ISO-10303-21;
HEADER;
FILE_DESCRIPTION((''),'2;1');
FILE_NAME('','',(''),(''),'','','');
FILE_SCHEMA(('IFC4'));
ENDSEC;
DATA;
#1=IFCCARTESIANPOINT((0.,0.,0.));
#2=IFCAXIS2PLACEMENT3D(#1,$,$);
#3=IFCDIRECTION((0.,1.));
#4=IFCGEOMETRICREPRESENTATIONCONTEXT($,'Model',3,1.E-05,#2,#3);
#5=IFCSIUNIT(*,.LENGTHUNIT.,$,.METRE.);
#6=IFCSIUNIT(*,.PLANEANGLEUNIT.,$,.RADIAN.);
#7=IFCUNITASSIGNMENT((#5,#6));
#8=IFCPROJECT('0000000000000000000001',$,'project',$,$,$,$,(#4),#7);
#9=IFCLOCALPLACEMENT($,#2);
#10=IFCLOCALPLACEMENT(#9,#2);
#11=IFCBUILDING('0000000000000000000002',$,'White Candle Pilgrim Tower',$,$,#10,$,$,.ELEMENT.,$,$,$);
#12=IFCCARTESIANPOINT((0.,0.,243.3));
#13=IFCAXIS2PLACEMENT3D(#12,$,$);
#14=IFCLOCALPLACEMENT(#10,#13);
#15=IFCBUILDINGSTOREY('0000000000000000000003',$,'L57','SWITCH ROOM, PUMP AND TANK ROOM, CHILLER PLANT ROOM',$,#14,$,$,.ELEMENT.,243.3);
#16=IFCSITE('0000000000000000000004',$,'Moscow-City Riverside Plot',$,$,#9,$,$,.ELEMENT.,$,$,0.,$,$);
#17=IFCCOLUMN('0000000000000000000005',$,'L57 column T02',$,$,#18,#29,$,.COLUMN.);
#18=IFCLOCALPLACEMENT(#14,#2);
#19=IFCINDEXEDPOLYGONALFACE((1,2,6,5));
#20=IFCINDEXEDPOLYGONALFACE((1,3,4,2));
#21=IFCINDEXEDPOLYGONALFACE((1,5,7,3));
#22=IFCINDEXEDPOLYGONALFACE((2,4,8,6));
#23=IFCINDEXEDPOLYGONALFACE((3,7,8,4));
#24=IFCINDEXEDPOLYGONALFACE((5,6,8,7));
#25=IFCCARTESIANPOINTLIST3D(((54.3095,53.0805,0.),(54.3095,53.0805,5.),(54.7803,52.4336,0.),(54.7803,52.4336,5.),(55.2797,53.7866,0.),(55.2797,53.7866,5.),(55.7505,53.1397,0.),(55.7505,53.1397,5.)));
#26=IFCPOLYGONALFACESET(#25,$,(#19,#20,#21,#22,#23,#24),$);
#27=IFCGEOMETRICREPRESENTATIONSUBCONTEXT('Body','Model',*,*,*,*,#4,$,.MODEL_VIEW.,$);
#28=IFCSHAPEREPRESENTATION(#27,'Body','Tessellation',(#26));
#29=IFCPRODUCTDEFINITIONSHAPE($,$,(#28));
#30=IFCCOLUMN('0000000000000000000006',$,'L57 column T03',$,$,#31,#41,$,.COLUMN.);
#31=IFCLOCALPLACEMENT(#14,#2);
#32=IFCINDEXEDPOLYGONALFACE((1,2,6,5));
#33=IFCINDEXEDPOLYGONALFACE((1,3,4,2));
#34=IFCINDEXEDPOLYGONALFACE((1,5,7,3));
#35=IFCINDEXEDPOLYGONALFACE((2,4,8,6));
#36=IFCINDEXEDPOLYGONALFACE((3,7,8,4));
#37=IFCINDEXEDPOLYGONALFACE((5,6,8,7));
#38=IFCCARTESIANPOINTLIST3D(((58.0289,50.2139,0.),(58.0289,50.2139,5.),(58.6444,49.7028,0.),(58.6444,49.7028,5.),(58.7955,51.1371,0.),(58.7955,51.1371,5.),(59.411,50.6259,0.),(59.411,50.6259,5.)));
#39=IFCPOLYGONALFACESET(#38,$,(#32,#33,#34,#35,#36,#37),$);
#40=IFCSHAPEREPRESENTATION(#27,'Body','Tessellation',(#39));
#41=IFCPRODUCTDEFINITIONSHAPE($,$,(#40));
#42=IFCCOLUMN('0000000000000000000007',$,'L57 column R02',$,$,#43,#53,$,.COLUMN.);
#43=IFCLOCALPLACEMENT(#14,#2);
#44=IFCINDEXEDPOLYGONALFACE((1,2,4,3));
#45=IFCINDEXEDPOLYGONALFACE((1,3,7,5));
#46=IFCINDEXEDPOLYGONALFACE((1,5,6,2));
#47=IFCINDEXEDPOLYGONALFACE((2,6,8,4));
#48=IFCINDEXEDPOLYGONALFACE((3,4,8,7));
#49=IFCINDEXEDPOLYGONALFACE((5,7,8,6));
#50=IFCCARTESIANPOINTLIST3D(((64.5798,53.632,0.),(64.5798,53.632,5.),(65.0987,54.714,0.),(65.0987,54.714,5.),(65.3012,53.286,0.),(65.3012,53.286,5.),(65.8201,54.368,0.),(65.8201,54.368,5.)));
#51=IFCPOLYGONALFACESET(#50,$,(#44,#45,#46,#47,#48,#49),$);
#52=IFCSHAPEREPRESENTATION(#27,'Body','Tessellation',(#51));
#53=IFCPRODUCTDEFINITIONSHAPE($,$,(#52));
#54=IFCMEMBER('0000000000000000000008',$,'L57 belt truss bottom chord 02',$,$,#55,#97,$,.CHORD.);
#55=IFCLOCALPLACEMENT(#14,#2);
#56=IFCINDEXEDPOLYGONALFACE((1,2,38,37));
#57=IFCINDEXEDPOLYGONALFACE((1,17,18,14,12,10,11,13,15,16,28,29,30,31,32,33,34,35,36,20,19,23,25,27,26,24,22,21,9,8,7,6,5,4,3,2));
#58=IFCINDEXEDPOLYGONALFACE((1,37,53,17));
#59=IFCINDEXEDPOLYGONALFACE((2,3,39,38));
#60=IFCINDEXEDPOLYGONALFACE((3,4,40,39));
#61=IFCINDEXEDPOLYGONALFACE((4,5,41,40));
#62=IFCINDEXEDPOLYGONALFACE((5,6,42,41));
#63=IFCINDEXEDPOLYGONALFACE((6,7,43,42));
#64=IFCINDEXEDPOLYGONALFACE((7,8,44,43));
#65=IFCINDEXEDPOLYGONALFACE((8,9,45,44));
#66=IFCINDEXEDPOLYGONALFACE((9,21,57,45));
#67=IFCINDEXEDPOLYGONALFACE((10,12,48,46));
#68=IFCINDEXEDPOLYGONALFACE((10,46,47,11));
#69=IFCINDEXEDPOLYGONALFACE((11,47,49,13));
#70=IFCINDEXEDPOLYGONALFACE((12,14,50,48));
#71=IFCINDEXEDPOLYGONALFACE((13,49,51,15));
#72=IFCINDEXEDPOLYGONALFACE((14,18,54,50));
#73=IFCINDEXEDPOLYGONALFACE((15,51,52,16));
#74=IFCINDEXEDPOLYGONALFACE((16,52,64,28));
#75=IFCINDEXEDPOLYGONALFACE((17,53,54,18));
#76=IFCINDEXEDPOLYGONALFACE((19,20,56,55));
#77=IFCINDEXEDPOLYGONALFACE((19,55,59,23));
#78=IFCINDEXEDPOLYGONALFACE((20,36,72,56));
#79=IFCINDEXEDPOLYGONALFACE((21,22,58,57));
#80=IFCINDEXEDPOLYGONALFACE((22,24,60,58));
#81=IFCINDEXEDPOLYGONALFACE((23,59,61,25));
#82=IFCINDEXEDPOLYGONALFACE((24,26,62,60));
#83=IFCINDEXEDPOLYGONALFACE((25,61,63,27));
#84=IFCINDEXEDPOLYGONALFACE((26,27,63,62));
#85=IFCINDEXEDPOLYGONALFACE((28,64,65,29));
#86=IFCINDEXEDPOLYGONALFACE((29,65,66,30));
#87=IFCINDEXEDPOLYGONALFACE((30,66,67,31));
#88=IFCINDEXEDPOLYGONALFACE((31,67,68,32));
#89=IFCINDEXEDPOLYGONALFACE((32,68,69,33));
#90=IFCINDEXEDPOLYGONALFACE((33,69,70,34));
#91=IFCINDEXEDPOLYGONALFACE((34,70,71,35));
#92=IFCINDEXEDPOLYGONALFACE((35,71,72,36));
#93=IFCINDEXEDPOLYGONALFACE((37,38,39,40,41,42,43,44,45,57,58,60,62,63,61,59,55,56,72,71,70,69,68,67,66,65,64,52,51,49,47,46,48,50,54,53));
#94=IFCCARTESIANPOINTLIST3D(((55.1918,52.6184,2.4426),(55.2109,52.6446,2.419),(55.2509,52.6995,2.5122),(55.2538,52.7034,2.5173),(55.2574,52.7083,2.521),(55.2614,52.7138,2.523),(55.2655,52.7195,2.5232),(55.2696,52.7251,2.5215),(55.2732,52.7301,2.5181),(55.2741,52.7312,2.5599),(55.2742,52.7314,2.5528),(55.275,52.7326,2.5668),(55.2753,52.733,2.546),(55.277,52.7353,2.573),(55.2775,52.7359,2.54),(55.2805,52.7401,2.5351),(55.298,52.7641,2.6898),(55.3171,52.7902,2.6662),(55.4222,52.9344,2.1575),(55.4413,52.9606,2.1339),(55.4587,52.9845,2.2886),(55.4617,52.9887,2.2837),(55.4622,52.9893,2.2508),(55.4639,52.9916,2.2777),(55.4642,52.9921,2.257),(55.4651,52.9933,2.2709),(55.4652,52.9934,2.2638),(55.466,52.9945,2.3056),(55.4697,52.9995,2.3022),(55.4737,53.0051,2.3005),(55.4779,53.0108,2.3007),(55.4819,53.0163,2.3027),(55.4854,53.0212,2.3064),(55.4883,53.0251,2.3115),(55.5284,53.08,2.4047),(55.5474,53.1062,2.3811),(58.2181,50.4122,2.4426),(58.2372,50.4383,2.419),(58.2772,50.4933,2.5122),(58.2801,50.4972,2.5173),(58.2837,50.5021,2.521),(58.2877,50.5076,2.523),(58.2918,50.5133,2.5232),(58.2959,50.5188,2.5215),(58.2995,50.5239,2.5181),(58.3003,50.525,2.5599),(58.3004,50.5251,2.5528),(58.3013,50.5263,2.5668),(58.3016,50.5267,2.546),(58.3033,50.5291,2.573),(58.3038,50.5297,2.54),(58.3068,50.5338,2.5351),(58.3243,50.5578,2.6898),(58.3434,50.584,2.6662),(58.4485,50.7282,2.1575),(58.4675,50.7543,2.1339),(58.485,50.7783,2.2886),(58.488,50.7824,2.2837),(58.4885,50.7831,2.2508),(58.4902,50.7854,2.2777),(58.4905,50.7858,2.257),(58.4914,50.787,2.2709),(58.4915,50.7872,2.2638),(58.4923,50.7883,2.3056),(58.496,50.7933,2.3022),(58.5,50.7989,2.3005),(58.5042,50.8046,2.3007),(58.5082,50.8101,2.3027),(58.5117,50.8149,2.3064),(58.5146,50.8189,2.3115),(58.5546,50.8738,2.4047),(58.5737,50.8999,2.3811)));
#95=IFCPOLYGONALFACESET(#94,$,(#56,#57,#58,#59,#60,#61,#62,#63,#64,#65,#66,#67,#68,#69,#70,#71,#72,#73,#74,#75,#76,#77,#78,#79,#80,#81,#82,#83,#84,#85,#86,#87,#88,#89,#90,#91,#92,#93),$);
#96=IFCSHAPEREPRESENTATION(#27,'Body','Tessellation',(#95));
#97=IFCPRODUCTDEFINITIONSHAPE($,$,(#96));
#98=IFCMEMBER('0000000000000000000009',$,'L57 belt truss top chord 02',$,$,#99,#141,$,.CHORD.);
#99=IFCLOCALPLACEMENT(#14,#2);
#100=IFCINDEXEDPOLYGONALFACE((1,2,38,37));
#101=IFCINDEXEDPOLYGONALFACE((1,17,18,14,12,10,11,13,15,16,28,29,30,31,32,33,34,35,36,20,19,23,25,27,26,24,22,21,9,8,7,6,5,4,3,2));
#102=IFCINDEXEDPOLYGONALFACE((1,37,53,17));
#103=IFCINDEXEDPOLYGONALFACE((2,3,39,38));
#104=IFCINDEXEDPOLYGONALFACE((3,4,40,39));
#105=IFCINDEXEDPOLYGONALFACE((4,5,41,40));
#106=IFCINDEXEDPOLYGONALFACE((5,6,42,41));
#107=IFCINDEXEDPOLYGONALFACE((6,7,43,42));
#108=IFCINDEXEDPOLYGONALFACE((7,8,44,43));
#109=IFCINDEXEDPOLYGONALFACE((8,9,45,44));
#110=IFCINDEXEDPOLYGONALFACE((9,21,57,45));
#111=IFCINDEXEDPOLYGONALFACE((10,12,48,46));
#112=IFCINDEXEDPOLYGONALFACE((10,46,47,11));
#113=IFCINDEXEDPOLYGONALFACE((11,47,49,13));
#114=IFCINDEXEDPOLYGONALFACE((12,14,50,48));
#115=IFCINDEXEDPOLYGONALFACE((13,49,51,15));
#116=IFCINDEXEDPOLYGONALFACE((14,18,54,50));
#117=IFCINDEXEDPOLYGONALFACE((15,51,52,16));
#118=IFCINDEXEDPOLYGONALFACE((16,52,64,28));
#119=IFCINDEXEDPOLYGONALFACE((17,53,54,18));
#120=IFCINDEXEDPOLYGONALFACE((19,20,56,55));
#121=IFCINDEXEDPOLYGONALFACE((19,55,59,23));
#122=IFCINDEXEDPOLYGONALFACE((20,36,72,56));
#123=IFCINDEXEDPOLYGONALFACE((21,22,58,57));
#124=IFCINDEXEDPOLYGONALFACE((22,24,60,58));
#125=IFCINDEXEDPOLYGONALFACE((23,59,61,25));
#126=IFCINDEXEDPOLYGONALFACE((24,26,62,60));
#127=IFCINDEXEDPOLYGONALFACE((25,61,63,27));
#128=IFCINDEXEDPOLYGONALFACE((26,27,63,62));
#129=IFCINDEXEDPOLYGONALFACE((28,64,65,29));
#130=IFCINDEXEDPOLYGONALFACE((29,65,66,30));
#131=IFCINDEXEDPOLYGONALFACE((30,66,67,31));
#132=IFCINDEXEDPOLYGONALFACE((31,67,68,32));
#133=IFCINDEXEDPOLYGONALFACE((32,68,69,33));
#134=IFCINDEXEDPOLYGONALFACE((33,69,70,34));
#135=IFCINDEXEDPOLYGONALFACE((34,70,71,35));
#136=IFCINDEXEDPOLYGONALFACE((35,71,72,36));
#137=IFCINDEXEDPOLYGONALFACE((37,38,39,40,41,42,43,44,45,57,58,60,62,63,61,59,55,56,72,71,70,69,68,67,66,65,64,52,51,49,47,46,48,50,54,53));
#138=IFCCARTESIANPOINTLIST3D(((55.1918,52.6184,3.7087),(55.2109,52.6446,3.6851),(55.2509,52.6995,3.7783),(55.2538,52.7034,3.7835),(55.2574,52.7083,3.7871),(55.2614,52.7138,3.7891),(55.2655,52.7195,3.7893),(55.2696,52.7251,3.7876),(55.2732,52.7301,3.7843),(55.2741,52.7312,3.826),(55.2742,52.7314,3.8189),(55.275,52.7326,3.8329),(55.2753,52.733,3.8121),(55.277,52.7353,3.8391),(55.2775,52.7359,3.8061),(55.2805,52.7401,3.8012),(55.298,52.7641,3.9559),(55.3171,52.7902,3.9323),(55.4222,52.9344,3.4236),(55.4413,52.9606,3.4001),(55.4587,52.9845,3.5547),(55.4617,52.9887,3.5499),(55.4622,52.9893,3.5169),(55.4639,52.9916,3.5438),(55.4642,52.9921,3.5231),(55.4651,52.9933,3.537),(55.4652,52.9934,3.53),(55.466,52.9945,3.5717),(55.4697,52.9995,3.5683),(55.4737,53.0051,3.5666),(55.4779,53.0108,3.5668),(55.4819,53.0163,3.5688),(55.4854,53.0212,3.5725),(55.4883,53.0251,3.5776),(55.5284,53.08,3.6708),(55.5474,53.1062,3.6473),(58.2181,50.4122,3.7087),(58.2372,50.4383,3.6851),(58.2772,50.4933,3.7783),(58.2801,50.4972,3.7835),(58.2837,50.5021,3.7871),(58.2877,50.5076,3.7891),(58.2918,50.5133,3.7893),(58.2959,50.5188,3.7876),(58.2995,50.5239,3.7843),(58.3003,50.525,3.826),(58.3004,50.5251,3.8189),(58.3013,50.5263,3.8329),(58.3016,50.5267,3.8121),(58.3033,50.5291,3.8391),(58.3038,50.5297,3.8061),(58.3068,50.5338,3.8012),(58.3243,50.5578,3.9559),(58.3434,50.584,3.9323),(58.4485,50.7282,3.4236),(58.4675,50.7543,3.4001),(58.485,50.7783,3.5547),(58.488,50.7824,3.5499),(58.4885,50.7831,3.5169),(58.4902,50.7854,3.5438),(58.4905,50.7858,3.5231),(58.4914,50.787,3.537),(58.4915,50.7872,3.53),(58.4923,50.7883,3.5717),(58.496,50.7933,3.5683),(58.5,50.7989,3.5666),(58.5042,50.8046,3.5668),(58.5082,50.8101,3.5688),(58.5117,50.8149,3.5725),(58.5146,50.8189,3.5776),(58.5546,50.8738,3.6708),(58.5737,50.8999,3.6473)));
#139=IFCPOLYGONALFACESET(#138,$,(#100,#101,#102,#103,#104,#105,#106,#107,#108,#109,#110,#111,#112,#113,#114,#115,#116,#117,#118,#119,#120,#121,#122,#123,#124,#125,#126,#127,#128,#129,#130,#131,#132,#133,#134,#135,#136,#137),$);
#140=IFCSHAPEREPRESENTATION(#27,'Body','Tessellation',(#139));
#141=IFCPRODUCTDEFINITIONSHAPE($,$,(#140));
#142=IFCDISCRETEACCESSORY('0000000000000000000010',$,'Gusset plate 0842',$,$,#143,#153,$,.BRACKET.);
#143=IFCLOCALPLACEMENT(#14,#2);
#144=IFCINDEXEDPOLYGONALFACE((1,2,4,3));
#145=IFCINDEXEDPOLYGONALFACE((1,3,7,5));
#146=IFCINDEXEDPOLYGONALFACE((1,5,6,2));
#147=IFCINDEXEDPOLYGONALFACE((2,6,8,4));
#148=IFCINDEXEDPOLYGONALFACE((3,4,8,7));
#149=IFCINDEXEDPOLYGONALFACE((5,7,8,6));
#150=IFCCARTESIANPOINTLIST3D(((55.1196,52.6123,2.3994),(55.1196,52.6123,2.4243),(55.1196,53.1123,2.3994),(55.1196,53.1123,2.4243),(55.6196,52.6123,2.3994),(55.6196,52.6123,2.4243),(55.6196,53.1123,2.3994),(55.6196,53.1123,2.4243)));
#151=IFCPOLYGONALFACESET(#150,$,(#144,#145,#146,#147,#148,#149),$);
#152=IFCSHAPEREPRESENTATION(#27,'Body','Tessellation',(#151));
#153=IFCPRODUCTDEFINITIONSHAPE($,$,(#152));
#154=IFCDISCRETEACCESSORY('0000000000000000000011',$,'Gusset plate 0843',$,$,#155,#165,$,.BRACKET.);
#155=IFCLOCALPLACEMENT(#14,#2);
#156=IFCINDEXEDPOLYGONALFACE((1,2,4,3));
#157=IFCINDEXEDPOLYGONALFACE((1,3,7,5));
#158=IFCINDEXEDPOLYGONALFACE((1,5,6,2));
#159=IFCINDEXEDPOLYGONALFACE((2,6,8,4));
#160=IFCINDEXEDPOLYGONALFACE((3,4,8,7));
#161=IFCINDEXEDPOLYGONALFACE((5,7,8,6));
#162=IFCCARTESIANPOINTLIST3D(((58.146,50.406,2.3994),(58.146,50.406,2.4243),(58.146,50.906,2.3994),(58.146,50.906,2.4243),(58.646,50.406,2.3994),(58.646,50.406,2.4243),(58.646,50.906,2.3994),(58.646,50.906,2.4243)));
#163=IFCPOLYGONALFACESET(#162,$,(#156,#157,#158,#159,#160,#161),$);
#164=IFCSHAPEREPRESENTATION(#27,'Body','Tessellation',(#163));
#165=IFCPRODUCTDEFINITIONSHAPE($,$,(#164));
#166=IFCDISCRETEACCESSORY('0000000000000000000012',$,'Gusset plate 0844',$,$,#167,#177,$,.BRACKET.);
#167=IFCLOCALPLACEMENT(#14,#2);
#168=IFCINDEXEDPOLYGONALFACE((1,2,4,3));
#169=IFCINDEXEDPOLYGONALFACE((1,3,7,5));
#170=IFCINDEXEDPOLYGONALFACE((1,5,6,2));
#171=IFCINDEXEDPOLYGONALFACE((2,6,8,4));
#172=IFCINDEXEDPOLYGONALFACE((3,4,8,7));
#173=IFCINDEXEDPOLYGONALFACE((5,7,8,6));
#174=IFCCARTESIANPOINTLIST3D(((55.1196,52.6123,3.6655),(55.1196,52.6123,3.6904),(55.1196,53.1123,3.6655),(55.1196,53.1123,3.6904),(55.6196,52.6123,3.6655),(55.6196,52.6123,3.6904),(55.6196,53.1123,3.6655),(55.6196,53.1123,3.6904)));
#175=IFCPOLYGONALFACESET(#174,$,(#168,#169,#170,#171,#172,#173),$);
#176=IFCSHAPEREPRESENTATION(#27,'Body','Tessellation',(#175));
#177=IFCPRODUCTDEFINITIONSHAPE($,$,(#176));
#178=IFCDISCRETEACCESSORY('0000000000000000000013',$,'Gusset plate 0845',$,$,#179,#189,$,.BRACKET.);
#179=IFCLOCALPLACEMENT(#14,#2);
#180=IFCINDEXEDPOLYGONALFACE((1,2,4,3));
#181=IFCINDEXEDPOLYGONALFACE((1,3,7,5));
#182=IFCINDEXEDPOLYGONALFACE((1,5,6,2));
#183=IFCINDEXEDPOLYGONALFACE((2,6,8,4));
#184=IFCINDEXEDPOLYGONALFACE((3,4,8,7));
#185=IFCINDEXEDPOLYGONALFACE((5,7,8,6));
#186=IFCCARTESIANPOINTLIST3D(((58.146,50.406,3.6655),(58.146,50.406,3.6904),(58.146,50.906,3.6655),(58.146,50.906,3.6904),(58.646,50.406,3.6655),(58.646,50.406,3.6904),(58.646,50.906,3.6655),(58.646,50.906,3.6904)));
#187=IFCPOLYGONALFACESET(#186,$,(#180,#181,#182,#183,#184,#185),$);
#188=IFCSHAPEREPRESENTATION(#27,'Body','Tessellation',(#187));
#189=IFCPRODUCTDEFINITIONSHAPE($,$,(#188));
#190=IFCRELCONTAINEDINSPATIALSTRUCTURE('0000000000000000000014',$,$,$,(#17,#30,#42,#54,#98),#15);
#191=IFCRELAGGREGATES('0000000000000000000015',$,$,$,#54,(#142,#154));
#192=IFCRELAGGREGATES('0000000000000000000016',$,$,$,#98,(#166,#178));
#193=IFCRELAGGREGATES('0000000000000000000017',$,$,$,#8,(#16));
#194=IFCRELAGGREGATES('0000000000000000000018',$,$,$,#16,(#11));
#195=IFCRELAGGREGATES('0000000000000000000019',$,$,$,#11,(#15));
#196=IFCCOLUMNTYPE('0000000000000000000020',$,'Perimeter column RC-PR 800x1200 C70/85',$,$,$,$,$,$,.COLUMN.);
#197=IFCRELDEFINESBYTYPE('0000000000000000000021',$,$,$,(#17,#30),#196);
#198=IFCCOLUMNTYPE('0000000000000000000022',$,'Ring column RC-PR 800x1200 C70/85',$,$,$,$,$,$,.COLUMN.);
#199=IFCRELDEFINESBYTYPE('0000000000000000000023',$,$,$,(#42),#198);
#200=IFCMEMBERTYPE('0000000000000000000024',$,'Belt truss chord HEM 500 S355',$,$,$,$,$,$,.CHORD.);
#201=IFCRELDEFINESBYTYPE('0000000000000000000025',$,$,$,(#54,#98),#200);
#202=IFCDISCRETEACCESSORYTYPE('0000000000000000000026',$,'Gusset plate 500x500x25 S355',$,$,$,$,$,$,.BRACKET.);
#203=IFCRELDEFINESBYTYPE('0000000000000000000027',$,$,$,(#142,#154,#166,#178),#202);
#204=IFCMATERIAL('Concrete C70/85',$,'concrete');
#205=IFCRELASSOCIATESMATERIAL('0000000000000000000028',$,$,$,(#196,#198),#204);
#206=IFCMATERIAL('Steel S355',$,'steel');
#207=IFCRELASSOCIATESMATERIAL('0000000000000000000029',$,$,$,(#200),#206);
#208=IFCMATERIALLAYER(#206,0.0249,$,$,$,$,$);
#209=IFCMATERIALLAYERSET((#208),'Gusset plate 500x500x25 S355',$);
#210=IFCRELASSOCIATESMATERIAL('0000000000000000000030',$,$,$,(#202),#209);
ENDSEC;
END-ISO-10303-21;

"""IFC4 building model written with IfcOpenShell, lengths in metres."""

from ifc_helpers import new_model, si_unit, direction, frame, origin, origin_2d, place, context, subcontext, project, spatial, rectangle, i_section, extrude, material, layer, layer_set, material_profile, profile_set, type_object, element, aggregate, save


model = new_model("IFC4")

# Units and contexts
model_context = context("Model", 3, precision=1e-05, world=origin(), true_north=direction((0.0, 1.0)))
body_context = subcontext(model_context, "Body", "Model", "MODEL_VIEW")
ifc_project = project(units=[si_unit("LENGTHUNIT", "METRE"), si_unit("PLANEANGLEUNIT", "RADIAN")], contexts=[model_context])

# Site, building, storey
site_placement = place(None, origin())
site = spatial("IfcSite", under=ifc_project, at=site_placement, Name="Moscow-City Riverside Plot", CompositionType="ELEMENT", RefElevation=0.0)
building_placement = place(site_placement, origin())
building = spatial("IfcBuilding", under=site, at=building_placement, Name="White Candle Pilgrim Tower", CompositionType="ELEMENT")
storey_placement = place(building_placement, frame((0.0, 0.0, 243.3)))
storey = spatial("IfcBuildingStorey", under=building, at=storey_placement, Name="L57", Description="SWITCH ROOM, PUMP AND TANK ROOM, CHILLER PLANT ROOM", CompositionType="ELEMENT", Elevation=243.3)

# Columns
ifc_material_1 = material(Name="Concrete C70/85", Category="concrete")
ifc_material_profile_1 = material_profile(ifc_material_1, rectangle(XDim=0.8, YDim=1.2, at=origin_2d()), Name="RC-PR 800x1200")
ifc_profile_set_1 = profile_set([ifc_material_profile_1], Name="Concrete C70/85")
column_type_1 = type_object("IfcColumnType", Name="Perimeter column RC-PR 800x1200 C70/85", PredefinedType="COLUMN", material=ifc_profile_set_1)
for number, where, z_axis, x_axis, name in (
    (1, (55.03, 53.1101, 0.0), (0.0, 0.0, 1.0), (-0.588463, 0.808524, 0.0), "L57 column T02"),
    (2, (58.72, 50.4199, 0.0), (0.0, 0.0, 1.0), (-0.76931, 0.638875, 0.0), "L57 column T03"),
):
    element("IfcColumn", number, at=place(storey_placement, frame(where, z_axis=z_axis, x_axis=x_axis)), inside=storey, type_object=column_type_1, Name=name, PredefinedType="COLUMN", context=body_context, shape_type="SweptSolid", body=[
        extrude(rectangle(XDim=0.8, YDim=1.2, at=origin_2d()), origin(), (0.0, 0.0, 1.0), 5.0),
    ])
ifc_material_profile_2 = material_profile(ifc_material_1, rectangle(XDim=0.8, YDim=1.2, at=origin_2d()), Name="RC-PR 800x1200")
ifc_profile_set_2 = profile_set([ifc_material_profile_2], Name="Concrete C70/85")
column_type_2 = type_object("IfcColumnType", Name="Ring column RC-PR 800x1200 C70/85", PredefinedType="COLUMN", material=ifc_profile_set_2)
column_placement = place(storey_placement, frame((65.2, 54.0, 0.0), z_axis=(0.0, 0.0, 1.0), x_axis=(-0.901689, 0.432385, 0.0)))
element("IfcColumn", 3, at=column_placement, inside=storey, type_object=column_type_2, Name="L57 column R02", PredefinedType="COLUMN", context=body_context, shape_type="SweptSolid", body=[
    extrude(rectangle(XDim=0.8, YDim=1.2, at=origin_2d()), origin(), (0.0, 0.0, 1.0), 5.0),
])

# Members
ifc_material_2 = material(Name="Steel S355", Category="steel")
ifc_material_profile_3 = material_profile(ifc_material_2, i_section(OverallWidth=0.3059, OverallDepth=0.5239, WebThickness=0.021, FlangeThickness=0.04, FilletRadius=0.0271, at=origin_2d()), Name="HEM 500")
ifc_profile_set_3 = profile_set([ifc_material_profile_3], Name="Steel S355")
member_type_1 = type_object("IfcMemberType", Name="Belt truss chord HEM 500 S355", PredefinedType="CHORD", material=ifc_profile_set_3)
member_1_placement = place(storey_placement, frame((55.3696, 52.8623, 2.4119), z_axis=(0.808062, -0.589098, 0.0), x_axis=(0.347026, 0.476014, 0.808074)))
member_1 = element("IfcMember", 4, at=member_1_placement, inside=storey, type_object=member_type_1, Name="L57 belt truss bottom chord 02", PredefinedType="CHORD", context=body_context, shape_type="SweptSolid", body=[
    extrude(i_section(OverallWidth=0.3059, OverallDepth=0.5239, WebThickness=0.021, FlangeThickness=0.04, FilletRadius=0.0271, at=origin_2d()), origin(), (0.0, 0.0, 1.0), 3.7451),
])
member_2_placement = place(storey_placement, frame((55.3696, 52.8623, 3.678), z_axis=(0.808062, -0.589098, 0.0), x_axis=(0.347026, 0.476014, 0.808074)))
member_2 = element("IfcMember", 5, at=member_2_placement, inside=storey, type_object=member_type_1, Name="L57 belt truss top chord 02", PredefinedType="CHORD", context=body_context, shape_type="SweptSolid", body=[
    extrude(i_section(OverallWidth=0.3059, OverallDepth=0.5239, WebThickness=0.021, FlangeThickness=0.04, FilletRadius=0.0271, at=origin_2d()), origin(), (0.0, 0.0, 1.0), 3.7451),
])

# Discrete accessories
ifc_layer_1 = layer(ifc_material_2, 0.0249)
ifc_layer_set_1 = layer_set([ifc_layer_1], Name="Gusset plate 500x500x25 S355")
discrete_accessory_type_1 = type_object("IfcDiscreteAccessoryType", Name="Gusset plate 500x500x25 S355", PredefinedType="BRACKET", material=ifc_layer_set_1)
discrete_accessory_1_placement = place(storey_placement, frame((55.3696, 52.8623, 2.3994), z_axis=(0.0, 0.0, 1.0), x_axis=(1.0, 0.0, 0.0)))
discrete_accessory_1 = element("IfcDiscreteAccessory", 6, at=discrete_accessory_1_placement, type_object=discrete_accessory_type_1, Name="Gusset plate 0842", PredefinedType="BRACKET", context=body_context, shape_type="SweptSolid", body=[
    extrude(rectangle(XDim=0.5, YDim=0.5, at=origin_2d()), origin(), (0.0, 0.0, 1.0), 0.0249),
])
discrete_accessory_2_placement = place(storey_placement, frame((58.396, 50.656, 2.3994), z_axis=(0.0, 0.0, 1.0), x_axis=(1.0, 0.0, 0.0)))
discrete_accessory_2 = element("IfcDiscreteAccessory", 7, at=discrete_accessory_2_placement, type_object=discrete_accessory_type_1, Name="Gusset plate 0843", PredefinedType="BRACKET", context=body_context, shape_type="SweptSolid", body=[
    extrude(rectangle(XDim=0.5, YDim=0.5, at=origin_2d()), origin(), (0.0, 0.0, 1.0), 0.0249),
])
aggregate(member_1, [discrete_accessory_1, discrete_accessory_2])
discrete_accessory_3_placement = place(storey_placement, frame((55.3696, 52.8623, 3.6655), z_axis=(0.0, 0.0, 1.0), x_axis=(1.0, 0.0, 0.0)))
discrete_accessory_3 = element("IfcDiscreteAccessory", 8, at=discrete_accessory_3_placement, type_object=discrete_accessory_type_1, Name="Gusset plate 0844", PredefinedType="BRACKET", context=body_context, shape_type="SweptSolid", body=[
    extrude(rectangle(XDim=0.5, YDim=0.5, at=origin_2d()), origin(), (0.0, 0.0, 1.0), 0.0249),
])
discrete_accessory_4_placement = place(storey_placement, frame((58.396, 50.656, 3.6655), z_axis=(0.0, 0.0, 1.0), x_axis=(1.0, 0.0, 0.0)))
discrete_accessory_4 = element("IfcDiscreteAccessory", 9, at=discrete_accessory_4_placement, type_object=discrete_accessory_type_1, Name="Gusset plate 0845", PredefinedType="BRACKET", context=body_context, shape_type="SweptSolid", body=[
    extrude(rectangle(XDim=0.5, YDim=0.5, at=origin_2d()), origin(), (0.0, 0.0, 1.0), 0.0249),
])
aggregate(member_2, [discrete_accessory_3, discrete_accessory_4])

save(model, "model.ifc")
